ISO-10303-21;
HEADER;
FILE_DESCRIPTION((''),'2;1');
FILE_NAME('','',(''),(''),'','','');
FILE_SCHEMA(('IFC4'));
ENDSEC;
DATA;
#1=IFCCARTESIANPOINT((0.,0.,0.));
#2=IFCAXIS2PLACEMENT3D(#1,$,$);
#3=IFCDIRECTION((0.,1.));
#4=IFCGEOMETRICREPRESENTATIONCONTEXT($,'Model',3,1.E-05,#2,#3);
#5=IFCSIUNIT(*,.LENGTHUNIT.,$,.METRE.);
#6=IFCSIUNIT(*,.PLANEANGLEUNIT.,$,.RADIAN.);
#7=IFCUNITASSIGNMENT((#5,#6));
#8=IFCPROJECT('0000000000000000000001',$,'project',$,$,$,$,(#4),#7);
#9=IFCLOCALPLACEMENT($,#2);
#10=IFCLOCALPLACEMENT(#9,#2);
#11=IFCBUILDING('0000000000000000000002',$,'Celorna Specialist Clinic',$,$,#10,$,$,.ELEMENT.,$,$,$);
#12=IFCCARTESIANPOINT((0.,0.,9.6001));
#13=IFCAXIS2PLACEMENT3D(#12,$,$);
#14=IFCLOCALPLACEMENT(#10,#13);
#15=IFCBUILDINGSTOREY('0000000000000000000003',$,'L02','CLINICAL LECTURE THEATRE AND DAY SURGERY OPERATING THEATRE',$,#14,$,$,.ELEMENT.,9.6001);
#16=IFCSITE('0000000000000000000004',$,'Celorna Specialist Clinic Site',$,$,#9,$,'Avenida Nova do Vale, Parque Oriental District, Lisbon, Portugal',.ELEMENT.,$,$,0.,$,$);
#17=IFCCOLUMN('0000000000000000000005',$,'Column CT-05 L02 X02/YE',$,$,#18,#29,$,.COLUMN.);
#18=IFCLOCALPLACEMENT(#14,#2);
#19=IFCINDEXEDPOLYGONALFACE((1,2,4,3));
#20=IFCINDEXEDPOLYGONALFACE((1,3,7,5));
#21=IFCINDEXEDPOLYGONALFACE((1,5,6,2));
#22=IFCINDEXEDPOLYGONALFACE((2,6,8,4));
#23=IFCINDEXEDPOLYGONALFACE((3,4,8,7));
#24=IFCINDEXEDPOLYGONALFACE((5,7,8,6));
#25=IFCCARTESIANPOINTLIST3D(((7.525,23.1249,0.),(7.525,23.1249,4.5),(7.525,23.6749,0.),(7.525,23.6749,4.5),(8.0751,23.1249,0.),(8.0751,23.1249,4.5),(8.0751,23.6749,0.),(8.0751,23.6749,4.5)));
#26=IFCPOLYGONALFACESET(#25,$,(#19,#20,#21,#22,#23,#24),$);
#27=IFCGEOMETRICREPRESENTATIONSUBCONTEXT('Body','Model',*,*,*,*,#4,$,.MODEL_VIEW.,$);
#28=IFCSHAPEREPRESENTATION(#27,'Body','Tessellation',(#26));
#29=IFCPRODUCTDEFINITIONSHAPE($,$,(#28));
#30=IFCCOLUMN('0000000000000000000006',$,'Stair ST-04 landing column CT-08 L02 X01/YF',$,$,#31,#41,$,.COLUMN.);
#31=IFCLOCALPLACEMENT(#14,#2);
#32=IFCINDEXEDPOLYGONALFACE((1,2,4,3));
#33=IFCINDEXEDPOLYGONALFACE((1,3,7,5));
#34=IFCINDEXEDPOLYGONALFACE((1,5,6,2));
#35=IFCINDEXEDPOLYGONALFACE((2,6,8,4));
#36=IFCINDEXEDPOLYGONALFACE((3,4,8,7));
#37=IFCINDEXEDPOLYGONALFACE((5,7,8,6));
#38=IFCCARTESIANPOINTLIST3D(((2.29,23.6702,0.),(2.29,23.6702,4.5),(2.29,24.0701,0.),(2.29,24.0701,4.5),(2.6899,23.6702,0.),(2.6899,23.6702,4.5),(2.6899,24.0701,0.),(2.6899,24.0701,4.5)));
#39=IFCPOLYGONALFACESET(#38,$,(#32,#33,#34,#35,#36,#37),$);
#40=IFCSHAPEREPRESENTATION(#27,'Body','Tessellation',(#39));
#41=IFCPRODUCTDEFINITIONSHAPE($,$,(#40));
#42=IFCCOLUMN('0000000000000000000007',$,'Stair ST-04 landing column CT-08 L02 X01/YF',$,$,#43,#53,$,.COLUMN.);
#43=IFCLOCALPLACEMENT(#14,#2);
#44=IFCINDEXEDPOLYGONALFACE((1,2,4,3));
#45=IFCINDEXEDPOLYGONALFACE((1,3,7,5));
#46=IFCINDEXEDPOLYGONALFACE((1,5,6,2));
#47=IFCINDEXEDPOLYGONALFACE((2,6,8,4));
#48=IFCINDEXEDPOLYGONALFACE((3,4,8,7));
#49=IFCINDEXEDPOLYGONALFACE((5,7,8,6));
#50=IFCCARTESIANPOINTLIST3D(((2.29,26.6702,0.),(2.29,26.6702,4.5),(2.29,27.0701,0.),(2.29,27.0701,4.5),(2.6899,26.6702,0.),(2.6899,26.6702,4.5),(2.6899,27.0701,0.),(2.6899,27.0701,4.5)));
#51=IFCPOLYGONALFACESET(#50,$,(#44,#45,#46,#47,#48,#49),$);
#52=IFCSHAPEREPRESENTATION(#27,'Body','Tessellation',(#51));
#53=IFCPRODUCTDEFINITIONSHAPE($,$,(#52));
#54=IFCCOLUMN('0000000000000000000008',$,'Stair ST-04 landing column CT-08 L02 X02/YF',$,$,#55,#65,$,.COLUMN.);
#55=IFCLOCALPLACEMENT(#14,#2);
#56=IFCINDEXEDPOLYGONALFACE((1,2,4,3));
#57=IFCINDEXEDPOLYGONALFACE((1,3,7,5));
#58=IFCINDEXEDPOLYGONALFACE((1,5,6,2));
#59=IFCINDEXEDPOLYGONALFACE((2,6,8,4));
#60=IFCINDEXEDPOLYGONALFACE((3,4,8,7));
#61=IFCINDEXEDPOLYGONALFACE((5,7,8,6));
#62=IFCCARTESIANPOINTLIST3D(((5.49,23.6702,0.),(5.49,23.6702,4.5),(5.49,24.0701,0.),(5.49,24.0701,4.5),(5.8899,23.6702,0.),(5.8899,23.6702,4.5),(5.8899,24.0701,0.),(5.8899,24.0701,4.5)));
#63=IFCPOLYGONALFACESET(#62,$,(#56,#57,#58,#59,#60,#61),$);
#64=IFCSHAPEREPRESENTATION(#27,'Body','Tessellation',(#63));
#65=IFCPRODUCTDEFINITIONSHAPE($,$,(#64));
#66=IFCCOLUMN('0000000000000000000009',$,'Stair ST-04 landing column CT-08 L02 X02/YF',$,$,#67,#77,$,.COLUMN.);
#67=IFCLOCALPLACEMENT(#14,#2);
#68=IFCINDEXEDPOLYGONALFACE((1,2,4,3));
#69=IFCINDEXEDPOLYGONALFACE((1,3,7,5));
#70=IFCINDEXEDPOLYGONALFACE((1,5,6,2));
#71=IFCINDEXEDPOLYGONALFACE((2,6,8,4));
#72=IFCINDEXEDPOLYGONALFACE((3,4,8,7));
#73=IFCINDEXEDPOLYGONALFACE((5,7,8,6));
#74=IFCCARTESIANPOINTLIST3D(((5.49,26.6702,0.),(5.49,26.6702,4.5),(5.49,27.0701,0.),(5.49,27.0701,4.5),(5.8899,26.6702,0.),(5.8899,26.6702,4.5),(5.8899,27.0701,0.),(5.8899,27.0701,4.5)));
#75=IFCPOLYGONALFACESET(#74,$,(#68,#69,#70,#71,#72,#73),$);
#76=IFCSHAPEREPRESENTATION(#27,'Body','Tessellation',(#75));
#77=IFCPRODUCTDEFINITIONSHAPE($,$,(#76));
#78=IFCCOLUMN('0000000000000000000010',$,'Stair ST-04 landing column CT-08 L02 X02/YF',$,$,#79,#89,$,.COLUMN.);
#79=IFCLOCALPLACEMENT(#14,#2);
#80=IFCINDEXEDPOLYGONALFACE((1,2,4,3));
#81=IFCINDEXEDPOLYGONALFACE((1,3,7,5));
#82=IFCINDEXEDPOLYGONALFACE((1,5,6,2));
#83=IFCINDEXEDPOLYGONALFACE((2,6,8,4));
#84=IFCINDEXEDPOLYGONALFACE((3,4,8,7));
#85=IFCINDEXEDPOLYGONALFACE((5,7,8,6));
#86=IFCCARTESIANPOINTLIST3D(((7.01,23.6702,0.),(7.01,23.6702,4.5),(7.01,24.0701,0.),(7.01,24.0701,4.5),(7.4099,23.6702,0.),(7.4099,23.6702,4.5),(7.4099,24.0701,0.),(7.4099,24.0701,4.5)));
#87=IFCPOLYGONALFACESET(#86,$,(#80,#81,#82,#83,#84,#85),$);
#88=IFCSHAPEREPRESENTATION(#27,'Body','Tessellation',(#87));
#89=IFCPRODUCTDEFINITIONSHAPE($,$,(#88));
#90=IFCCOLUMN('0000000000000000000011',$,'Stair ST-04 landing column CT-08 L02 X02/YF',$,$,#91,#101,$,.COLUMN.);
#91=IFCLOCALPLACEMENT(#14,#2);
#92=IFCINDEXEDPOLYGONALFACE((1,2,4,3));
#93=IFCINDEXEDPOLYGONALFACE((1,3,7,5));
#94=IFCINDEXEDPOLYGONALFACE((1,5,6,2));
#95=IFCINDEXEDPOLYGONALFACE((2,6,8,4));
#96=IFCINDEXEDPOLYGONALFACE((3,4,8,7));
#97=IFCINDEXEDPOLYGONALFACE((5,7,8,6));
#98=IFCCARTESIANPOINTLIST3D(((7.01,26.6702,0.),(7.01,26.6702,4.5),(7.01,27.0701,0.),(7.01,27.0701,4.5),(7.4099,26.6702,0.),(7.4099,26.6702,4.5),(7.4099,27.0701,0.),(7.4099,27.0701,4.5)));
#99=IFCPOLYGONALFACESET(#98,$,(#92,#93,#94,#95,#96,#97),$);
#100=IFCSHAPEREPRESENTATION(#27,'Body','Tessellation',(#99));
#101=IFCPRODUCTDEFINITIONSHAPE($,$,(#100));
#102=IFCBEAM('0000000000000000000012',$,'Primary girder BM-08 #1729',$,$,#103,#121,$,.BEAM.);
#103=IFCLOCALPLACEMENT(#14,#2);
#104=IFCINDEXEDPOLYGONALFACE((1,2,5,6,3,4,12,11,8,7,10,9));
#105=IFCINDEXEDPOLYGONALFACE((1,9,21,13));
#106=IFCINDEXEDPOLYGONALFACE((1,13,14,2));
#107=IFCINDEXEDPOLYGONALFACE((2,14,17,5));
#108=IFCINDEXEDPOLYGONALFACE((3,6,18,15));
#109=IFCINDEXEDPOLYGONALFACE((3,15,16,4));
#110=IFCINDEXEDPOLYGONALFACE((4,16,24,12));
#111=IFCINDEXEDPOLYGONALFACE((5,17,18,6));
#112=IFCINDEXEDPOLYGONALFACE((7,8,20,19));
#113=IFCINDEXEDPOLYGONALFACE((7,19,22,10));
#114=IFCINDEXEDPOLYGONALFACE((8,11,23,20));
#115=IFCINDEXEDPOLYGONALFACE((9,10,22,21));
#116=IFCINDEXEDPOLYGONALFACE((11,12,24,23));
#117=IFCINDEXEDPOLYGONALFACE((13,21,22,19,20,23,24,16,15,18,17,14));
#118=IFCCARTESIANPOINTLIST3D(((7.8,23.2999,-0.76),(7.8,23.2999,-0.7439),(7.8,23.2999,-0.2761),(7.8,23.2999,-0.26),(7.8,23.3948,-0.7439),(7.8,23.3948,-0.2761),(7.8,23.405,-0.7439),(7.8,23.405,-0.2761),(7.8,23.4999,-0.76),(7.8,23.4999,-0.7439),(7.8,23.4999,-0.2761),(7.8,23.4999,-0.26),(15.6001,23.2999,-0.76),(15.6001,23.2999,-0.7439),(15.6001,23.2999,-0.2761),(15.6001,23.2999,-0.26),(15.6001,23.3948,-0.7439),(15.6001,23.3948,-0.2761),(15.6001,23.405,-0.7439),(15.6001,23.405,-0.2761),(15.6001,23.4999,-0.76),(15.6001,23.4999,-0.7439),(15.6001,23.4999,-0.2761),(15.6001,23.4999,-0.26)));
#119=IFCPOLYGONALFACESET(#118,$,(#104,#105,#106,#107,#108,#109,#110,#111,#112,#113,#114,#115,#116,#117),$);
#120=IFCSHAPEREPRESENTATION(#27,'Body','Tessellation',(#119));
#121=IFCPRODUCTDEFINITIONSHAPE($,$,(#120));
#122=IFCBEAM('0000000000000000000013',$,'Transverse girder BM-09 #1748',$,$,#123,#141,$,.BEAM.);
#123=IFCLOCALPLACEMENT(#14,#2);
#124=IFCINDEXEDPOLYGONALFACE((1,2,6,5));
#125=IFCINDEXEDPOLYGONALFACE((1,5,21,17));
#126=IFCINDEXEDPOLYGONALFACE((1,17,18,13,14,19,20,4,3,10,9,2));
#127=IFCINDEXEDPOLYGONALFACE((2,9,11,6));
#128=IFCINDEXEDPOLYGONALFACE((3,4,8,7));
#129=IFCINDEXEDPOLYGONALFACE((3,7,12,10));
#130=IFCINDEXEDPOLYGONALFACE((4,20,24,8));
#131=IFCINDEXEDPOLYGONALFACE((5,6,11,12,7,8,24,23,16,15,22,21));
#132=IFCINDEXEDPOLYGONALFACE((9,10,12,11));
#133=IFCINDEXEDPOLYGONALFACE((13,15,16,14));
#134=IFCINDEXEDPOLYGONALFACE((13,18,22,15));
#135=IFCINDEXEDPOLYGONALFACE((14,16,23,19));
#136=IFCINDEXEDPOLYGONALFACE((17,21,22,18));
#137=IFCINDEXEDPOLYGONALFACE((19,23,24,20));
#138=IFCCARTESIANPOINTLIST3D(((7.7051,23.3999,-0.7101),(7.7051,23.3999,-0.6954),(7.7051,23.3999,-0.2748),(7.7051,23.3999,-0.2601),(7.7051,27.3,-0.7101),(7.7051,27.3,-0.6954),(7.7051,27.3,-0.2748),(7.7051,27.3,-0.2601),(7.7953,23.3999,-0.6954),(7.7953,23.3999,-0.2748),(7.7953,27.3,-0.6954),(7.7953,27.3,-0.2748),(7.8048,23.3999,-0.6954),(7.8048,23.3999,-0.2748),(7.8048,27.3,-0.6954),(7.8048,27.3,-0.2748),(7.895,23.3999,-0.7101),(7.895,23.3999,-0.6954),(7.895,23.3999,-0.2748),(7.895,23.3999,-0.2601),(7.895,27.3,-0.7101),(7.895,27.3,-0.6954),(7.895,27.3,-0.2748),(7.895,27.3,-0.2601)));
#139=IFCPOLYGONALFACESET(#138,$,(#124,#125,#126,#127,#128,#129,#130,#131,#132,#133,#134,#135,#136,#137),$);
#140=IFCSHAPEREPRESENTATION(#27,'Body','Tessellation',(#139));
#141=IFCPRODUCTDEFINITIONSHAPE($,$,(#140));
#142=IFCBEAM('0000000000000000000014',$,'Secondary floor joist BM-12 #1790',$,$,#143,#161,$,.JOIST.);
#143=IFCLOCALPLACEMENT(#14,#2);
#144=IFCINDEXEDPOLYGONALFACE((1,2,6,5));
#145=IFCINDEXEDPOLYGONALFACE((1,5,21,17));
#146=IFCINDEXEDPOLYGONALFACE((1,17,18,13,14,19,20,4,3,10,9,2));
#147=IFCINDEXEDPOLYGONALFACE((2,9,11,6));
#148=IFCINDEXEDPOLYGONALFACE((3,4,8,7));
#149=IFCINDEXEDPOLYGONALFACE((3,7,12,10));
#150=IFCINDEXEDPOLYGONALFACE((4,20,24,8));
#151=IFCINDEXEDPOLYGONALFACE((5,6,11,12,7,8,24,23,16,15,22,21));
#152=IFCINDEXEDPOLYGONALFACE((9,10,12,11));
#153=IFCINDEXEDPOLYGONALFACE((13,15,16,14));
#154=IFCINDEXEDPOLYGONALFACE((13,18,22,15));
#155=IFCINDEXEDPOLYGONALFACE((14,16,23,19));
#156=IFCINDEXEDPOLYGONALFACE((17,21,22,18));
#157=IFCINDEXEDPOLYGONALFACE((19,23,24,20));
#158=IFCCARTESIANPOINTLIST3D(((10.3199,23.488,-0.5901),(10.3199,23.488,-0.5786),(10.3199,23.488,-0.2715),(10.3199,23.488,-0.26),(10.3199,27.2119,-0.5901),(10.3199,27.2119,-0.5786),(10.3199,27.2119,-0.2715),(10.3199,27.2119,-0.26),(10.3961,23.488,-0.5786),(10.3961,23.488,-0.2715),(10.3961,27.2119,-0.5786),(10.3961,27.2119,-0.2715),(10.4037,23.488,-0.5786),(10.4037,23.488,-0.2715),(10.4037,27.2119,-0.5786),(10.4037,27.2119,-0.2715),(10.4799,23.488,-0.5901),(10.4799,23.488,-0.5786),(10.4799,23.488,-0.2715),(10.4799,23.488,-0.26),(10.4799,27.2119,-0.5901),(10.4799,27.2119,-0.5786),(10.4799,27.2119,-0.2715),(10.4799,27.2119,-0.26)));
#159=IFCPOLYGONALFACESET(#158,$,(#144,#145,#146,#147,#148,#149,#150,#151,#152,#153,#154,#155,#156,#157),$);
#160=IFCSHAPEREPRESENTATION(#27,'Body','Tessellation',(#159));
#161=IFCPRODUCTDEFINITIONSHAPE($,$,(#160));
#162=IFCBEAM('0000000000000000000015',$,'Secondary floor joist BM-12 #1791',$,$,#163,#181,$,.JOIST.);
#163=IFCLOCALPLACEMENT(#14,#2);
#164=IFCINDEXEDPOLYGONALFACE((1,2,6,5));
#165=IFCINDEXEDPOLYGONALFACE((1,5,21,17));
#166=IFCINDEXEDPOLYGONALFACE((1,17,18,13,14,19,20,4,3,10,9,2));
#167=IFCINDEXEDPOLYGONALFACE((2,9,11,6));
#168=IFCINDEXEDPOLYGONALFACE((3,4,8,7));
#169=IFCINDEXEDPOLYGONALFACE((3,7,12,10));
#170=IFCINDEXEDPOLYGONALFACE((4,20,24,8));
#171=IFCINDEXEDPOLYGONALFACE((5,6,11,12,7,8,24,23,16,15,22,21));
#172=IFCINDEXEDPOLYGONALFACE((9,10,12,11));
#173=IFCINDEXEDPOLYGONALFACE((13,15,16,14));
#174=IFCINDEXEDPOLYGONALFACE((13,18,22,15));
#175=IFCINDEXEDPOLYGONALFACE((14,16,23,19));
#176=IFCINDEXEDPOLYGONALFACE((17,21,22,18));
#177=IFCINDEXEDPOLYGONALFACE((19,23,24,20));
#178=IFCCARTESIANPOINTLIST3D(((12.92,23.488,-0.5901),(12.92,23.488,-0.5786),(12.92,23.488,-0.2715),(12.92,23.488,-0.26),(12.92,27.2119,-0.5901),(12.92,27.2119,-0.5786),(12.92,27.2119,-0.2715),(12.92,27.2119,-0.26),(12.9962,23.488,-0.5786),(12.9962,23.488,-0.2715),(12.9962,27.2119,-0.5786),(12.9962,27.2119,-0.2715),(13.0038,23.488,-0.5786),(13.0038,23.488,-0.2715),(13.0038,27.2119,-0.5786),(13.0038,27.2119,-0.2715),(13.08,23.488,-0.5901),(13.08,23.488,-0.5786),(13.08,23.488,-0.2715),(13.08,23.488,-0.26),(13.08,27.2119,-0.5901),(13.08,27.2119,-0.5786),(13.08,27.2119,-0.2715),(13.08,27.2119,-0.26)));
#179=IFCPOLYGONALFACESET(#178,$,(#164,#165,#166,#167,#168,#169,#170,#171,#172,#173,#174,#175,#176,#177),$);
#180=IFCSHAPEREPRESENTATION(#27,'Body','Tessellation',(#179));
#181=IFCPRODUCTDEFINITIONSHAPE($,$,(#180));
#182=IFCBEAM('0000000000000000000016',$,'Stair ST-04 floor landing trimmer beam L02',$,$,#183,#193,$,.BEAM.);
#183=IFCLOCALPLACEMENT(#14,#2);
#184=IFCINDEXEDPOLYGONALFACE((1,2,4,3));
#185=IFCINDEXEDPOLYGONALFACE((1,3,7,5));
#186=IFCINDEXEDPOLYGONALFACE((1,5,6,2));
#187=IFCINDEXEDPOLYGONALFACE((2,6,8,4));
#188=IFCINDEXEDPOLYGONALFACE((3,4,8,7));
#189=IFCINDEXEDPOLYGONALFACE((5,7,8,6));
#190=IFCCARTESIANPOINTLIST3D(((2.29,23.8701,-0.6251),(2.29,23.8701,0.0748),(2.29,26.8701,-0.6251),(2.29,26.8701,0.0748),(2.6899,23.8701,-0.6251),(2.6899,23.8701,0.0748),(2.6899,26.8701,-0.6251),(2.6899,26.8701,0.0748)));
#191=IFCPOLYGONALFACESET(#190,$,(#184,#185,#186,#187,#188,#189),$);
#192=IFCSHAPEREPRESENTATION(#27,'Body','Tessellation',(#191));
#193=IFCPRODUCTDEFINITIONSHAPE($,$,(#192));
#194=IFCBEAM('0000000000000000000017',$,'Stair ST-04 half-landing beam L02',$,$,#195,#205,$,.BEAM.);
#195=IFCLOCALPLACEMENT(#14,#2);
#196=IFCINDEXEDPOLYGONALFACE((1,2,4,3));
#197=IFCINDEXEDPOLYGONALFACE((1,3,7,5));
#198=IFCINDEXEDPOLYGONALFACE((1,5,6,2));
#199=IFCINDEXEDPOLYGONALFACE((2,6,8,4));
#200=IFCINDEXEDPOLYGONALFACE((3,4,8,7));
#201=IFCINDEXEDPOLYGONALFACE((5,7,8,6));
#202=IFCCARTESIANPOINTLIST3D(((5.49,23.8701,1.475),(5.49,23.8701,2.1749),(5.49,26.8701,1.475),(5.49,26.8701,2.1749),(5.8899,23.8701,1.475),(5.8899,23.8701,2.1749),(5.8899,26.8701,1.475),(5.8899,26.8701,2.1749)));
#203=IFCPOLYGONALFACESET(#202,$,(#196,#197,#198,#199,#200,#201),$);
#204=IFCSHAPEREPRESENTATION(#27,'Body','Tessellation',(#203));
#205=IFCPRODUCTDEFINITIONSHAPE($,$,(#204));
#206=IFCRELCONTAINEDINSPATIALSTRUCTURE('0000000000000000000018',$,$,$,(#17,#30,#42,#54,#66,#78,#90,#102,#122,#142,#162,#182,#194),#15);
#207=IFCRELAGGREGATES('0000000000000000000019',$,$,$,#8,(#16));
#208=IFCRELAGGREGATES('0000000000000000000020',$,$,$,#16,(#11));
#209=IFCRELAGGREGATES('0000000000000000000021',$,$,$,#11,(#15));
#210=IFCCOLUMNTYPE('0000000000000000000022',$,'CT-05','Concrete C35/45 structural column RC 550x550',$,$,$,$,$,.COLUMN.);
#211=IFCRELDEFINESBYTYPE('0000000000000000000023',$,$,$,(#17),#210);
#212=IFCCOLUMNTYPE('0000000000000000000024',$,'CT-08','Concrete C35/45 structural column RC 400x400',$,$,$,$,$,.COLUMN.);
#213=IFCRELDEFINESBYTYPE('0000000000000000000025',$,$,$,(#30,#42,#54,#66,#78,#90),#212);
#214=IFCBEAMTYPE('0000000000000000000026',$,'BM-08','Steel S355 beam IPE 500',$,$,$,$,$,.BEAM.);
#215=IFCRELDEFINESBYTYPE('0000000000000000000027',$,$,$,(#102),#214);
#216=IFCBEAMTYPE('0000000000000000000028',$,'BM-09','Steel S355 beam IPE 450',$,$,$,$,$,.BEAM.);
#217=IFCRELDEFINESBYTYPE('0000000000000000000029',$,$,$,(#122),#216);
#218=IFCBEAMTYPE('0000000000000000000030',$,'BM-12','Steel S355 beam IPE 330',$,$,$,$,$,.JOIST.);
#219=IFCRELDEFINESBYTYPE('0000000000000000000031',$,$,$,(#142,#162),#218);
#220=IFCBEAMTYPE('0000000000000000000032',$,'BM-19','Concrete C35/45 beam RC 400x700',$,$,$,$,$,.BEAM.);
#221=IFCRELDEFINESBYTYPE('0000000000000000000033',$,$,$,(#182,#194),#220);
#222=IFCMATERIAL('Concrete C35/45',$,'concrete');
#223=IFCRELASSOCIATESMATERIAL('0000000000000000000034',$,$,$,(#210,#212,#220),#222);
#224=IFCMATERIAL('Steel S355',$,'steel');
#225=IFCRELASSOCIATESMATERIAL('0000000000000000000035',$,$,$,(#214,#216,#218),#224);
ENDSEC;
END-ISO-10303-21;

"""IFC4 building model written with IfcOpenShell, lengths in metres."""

from ifc_helpers import new_model, si_unit, direction, frame, origin, origin_2d, place, context, subcontext, project, spatial, rectangle, i_section, extrude, material, material_profile, profile_set, type_object, element, save


model = new_model("IFC4")

# Units and contexts
model_context = context("Model", 3, precision=1e-05, world=origin(), true_north=direction((0.0, 1.0)))
body_context = subcontext(model_context, "Body", "Model", "MODEL_VIEW")
ifc_project = project(units=[si_unit("LENGTHUNIT", "METRE"), si_unit("PLANEANGLEUNIT", "RADIAN")], contexts=[model_context])

# Site, building, storey
site_placement = place(None, origin())
site = spatial("IfcSite", under=ifc_project, at=site_placement, Name="Celorna Specialist Clinic Site", LongName="Avenida Nova do Vale, Parque Oriental District, Lisbon, Portugal", CompositionType="ELEMENT", RefElevation=0.0)
building_placement = place(site_placement, origin())
building = spatial("IfcBuilding", under=site, at=building_placement, Name="Celorna Specialist Clinic", CompositionType="ELEMENT")
storey_placement = place(building_placement, frame((0.0, 0.0, 9.6001)))
storey = spatial("IfcBuildingStorey", under=building, at=storey_placement, Name="L02", Description="CLINICAL LECTURE THEATRE AND DAY SURGERY OPERATING THEATRE", CompositionType="ELEMENT", Elevation=9.6001)

# Columns
ifc_material_1 = material(Name="Concrete C35/45", Category="concrete")
ifc_material_profile_1 = material_profile(ifc_material_1, rectangle(XDim=0.55, YDim=0.55, at=origin_2d()), Name="RC 550x550")
ifc_profile_set_1 = profile_set([ifc_material_profile_1], Name="Concrete C35/45")
column_type_1 = type_object("IfcColumnType", Name="CT-05", Description="Concrete C35/45 structural column RC 550x550", PredefinedType="COLUMN", material=ifc_profile_set_1)
column_placement = place(storey_placement, frame((7.8, 23.3999, 0.0), z_axis=(0.0, 0.0, 1.0), x_axis=(1.0, 0.0, 0.0)))
element("IfcColumn", 1, at=column_placement, inside=storey, type_object=column_type_1, Name="Column CT-05 L02 X02/YE", PredefinedType="COLUMN", context=body_context, shape_type="SweptSolid", body=[
    extrude(rectangle(XDim=0.55, YDim=0.55, at=origin_2d()), origin(), (0.0, 0.0, 1.0), 4.5),
])
ifc_material_profile_2 = material_profile(ifc_material_1, rectangle(XDim=0.3999, YDim=0.3999, at=origin_2d()), Name="RC 400x400")
ifc_profile_set_2 = profile_set([ifc_material_profile_2], Name="Concrete C35/45")
column_type_2 = type_object("IfcColumnType", Name="CT-08", Description="Concrete C35/45 structural column RC 400x400", PredefinedType="COLUMN", material=ifc_profile_set_2)
for number, where, z_axis, x_axis, name in (
    (2, (2.49, 23.8701, 0.0), (0.0, 0.0, 1.0), (1.0, 0.0, 0.0), "Stair ST-04 landing column CT-08 L02 X01/YF"),
    (3, (2.49, 26.8701, 0.0), (0.0, 0.0, 1.0), (1.0, 0.0, 0.0), "Stair ST-04 landing column CT-08 L02 X01/YF"),
    (4, (5.6899, 23.8701, 0.0), (0.0, 0.0, 1.0), (1.0, 0.0, 0.0), "Stair ST-04 landing column CT-08 L02 X02/YF"),
    (5, (5.6899, 26.8701, 0.0), (0.0, 0.0, 1.0), (1.0, 0.0, 0.0), "Stair ST-04 landing column CT-08 L02 X02/YF"),
    (6, (7.21, 23.8701, 0.0), (0.0, 0.0, 1.0), (1.0, 0.0, 0.0), "Stair ST-04 landing column CT-08 L02 X02/YF"),
    (7, (7.21, 26.8701, 0.0), (0.0, 0.0, 1.0), (1.0, 0.0, 0.0), "Stair ST-04 landing column CT-08 L02 X02/YF"),
):
    element("IfcColumn", number, at=place(storey_placement, frame(where, z_axis=z_axis, x_axis=x_axis)), inside=storey, type_object=column_type_2, Name=name, PredefinedType="COLUMN", context=body_context, shape_type="SweptSolid", body=[
        extrude(rectangle(XDim=0.3999, YDim=0.3999, at=origin_2d()), origin(), (0.0, 0.0, 1.0), 4.5),
    ])

# Beams
ifc_material_2 = material(Name="Steel S355", Category="steel")
ifc_material_profile_3 = material_profile(ifc_material_2, i_section(OverallWidth=0.2, OverallDepth=0.5, WebThickness=0.0103, FlangeThickness=0.0161, at=origin_2d()), Name="IPE 500")
ifc_profile_set_3 = profile_set([ifc_material_profile_3], Name="Steel S355")
beam_type_1 = type_object("IfcBeamType", Name="BM-08", Description="Steel S355 beam IPE 500", PredefinedType="BEAM", material=ifc_profile_set_3)
beam_1_placement = place(storey_placement, frame((7.8, 23.3999, -0.51), z_axis=(1.0, 0.0, 0.0), x_axis=(0.0, 1.0, 0.0)))
element("IfcBeam", 8, at=beam_1_placement, inside=storey, type_object=beam_type_1, Name="Primary girder BM-08 #1729", PredefinedType="BEAM", context=body_context, shape_type="SweptSolid", body=[
    extrude(i_section(OverallWidth=0.2, OverallDepth=0.5, WebThickness=0.0103, FlangeThickness=0.0161, at=origin_2d()), origin(), (0.0, 0.0, 1.0), 7.8),
])
ifc_material_profile_4 = material_profile(ifc_material_2, i_section(OverallWidth=0.1899, OverallDepth=0.45, WebThickness=0.0095, FlangeThickness=0.0146, at=origin_2d()), Name="IPE 450")
ifc_profile_set_4 = profile_set([ifc_material_profile_4], Name="Steel S355")
beam_type_2 = type_object("IfcBeamType", Name="BM-09", Description="Steel S355 beam IPE 450", PredefinedType="BEAM", material=ifc_profile_set_4)
beam_2_placement = place(storey_placement, frame((7.8, 23.3999, -0.4851), z_axis=(0.0, 1.0, 0.0), x_axis=(-1.0, 0.0, 0.0)))
element("IfcBeam", 9, at=beam_2_placement, inside=storey, type_object=beam_type_2, Name="Transverse girder BM-09 #1748", PredefinedType="BEAM", context=body_context, shape_type="SweptSolid", body=[
    extrude(i_section(OverallWidth=0.1899, OverallDepth=0.45, WebThickness=0.0095, FlangeThickness=0.0146, at=origin_2d()), origin(), (0.0, 0.0, 1.0), 3.9001),
])
ifc_material_profile_5 = material_profile(ifc_material_2, i_section(OverallWidth=0.1599, OverallDepth=0.3301, WebThickness=0.0076, FlangeThickness=0.0115, at=origin_2d()), Name="IPE 330")
ifc_profile_set_5 = profile_set([ifc_material_profile_5], Name="Steel S355")
beam_type_3 = type_object("IfcBeamType", Name="BM-12", Description="Steel S355 beam IPE 330", PredefinedType="JOIST", material=ifc_profile_set_5)
for number, where, z_axis, x_axis, name in (
    (10, (10.3999, 23.488, -0.425), (0.0, 1.0, 0.0), (-1.0, 0.0, 0.0), "Secondary floor joist BM-12 #1790"),
    (11, (13.0, 23.488, -0.425), (0.0, 1.0, 0.0), (-1.0, 0.0, 0.0), "Secondary floor joist BM-12 #1791"),
):
    element("IfcBeam", number, at=place(storey_placement, frame(where, z_axis=z_axis, x_axis=x_axis)), inside=storey, type_object=beam_type_3, Name=name, PredefinedType="JOIST", context=body_context, shape_type="SweptSolid", body=[
        extrude(i_section(OverallWidth=0.1599, OverallDepth=0.3301, WebThickness=0.0076, FlangeThickness=0.0115, at=origin_2d()), origin(), (0.0, 0.0, 1.0), 3.7239),
    ])
ifc_material_profile_6 = material_profile(ifc_material_1, rectangle(XDim=0.3999, YDim=0.7, at=origin_2d()), Name="RC 400x700")
ifc_profile_set_6 = profile_set([ifc_material_profile_6], Name="Concrete C35/45")
beam_type_4 = type_object("IfcBeamType", Name="BM-19", Description="Concrete C35/45 beam RC 400x700", PredefinedType="BEAM", material=ifc_profile_set_6)
for number, where, z_axis, x_axis, name in (
    (12, (2.49, 23.8701, -0.2751), (0.0, 1.0, 0.0), (-1.0, 0.0, 0.0), "Stair ST-04 floor landing trimmer beam L02"),
    (13, (5.6899, 23.8701, 1.825), (0.0, 1.0, 0.0), (-1.0, 0.0, 0.0), "Stair ST-04 half-landing beam L02"),
):
    element("IfcBeam", number, at=place(storey_placement, frame(where, z_axis=z_axis, x_axis=x_axis)), inside=storey, type_object=beam_type_4, Name=name, PredefinedType="BEAM", context=body_context, shape_type="SweptSolid", body=[
        extrude(rectangle(XDim=0.3999, YDim=0.7, at=origin_2d()), origin(), (0.0, 0.0, 1.0), 3.0),
    ])

save(model, "model.ifc")
